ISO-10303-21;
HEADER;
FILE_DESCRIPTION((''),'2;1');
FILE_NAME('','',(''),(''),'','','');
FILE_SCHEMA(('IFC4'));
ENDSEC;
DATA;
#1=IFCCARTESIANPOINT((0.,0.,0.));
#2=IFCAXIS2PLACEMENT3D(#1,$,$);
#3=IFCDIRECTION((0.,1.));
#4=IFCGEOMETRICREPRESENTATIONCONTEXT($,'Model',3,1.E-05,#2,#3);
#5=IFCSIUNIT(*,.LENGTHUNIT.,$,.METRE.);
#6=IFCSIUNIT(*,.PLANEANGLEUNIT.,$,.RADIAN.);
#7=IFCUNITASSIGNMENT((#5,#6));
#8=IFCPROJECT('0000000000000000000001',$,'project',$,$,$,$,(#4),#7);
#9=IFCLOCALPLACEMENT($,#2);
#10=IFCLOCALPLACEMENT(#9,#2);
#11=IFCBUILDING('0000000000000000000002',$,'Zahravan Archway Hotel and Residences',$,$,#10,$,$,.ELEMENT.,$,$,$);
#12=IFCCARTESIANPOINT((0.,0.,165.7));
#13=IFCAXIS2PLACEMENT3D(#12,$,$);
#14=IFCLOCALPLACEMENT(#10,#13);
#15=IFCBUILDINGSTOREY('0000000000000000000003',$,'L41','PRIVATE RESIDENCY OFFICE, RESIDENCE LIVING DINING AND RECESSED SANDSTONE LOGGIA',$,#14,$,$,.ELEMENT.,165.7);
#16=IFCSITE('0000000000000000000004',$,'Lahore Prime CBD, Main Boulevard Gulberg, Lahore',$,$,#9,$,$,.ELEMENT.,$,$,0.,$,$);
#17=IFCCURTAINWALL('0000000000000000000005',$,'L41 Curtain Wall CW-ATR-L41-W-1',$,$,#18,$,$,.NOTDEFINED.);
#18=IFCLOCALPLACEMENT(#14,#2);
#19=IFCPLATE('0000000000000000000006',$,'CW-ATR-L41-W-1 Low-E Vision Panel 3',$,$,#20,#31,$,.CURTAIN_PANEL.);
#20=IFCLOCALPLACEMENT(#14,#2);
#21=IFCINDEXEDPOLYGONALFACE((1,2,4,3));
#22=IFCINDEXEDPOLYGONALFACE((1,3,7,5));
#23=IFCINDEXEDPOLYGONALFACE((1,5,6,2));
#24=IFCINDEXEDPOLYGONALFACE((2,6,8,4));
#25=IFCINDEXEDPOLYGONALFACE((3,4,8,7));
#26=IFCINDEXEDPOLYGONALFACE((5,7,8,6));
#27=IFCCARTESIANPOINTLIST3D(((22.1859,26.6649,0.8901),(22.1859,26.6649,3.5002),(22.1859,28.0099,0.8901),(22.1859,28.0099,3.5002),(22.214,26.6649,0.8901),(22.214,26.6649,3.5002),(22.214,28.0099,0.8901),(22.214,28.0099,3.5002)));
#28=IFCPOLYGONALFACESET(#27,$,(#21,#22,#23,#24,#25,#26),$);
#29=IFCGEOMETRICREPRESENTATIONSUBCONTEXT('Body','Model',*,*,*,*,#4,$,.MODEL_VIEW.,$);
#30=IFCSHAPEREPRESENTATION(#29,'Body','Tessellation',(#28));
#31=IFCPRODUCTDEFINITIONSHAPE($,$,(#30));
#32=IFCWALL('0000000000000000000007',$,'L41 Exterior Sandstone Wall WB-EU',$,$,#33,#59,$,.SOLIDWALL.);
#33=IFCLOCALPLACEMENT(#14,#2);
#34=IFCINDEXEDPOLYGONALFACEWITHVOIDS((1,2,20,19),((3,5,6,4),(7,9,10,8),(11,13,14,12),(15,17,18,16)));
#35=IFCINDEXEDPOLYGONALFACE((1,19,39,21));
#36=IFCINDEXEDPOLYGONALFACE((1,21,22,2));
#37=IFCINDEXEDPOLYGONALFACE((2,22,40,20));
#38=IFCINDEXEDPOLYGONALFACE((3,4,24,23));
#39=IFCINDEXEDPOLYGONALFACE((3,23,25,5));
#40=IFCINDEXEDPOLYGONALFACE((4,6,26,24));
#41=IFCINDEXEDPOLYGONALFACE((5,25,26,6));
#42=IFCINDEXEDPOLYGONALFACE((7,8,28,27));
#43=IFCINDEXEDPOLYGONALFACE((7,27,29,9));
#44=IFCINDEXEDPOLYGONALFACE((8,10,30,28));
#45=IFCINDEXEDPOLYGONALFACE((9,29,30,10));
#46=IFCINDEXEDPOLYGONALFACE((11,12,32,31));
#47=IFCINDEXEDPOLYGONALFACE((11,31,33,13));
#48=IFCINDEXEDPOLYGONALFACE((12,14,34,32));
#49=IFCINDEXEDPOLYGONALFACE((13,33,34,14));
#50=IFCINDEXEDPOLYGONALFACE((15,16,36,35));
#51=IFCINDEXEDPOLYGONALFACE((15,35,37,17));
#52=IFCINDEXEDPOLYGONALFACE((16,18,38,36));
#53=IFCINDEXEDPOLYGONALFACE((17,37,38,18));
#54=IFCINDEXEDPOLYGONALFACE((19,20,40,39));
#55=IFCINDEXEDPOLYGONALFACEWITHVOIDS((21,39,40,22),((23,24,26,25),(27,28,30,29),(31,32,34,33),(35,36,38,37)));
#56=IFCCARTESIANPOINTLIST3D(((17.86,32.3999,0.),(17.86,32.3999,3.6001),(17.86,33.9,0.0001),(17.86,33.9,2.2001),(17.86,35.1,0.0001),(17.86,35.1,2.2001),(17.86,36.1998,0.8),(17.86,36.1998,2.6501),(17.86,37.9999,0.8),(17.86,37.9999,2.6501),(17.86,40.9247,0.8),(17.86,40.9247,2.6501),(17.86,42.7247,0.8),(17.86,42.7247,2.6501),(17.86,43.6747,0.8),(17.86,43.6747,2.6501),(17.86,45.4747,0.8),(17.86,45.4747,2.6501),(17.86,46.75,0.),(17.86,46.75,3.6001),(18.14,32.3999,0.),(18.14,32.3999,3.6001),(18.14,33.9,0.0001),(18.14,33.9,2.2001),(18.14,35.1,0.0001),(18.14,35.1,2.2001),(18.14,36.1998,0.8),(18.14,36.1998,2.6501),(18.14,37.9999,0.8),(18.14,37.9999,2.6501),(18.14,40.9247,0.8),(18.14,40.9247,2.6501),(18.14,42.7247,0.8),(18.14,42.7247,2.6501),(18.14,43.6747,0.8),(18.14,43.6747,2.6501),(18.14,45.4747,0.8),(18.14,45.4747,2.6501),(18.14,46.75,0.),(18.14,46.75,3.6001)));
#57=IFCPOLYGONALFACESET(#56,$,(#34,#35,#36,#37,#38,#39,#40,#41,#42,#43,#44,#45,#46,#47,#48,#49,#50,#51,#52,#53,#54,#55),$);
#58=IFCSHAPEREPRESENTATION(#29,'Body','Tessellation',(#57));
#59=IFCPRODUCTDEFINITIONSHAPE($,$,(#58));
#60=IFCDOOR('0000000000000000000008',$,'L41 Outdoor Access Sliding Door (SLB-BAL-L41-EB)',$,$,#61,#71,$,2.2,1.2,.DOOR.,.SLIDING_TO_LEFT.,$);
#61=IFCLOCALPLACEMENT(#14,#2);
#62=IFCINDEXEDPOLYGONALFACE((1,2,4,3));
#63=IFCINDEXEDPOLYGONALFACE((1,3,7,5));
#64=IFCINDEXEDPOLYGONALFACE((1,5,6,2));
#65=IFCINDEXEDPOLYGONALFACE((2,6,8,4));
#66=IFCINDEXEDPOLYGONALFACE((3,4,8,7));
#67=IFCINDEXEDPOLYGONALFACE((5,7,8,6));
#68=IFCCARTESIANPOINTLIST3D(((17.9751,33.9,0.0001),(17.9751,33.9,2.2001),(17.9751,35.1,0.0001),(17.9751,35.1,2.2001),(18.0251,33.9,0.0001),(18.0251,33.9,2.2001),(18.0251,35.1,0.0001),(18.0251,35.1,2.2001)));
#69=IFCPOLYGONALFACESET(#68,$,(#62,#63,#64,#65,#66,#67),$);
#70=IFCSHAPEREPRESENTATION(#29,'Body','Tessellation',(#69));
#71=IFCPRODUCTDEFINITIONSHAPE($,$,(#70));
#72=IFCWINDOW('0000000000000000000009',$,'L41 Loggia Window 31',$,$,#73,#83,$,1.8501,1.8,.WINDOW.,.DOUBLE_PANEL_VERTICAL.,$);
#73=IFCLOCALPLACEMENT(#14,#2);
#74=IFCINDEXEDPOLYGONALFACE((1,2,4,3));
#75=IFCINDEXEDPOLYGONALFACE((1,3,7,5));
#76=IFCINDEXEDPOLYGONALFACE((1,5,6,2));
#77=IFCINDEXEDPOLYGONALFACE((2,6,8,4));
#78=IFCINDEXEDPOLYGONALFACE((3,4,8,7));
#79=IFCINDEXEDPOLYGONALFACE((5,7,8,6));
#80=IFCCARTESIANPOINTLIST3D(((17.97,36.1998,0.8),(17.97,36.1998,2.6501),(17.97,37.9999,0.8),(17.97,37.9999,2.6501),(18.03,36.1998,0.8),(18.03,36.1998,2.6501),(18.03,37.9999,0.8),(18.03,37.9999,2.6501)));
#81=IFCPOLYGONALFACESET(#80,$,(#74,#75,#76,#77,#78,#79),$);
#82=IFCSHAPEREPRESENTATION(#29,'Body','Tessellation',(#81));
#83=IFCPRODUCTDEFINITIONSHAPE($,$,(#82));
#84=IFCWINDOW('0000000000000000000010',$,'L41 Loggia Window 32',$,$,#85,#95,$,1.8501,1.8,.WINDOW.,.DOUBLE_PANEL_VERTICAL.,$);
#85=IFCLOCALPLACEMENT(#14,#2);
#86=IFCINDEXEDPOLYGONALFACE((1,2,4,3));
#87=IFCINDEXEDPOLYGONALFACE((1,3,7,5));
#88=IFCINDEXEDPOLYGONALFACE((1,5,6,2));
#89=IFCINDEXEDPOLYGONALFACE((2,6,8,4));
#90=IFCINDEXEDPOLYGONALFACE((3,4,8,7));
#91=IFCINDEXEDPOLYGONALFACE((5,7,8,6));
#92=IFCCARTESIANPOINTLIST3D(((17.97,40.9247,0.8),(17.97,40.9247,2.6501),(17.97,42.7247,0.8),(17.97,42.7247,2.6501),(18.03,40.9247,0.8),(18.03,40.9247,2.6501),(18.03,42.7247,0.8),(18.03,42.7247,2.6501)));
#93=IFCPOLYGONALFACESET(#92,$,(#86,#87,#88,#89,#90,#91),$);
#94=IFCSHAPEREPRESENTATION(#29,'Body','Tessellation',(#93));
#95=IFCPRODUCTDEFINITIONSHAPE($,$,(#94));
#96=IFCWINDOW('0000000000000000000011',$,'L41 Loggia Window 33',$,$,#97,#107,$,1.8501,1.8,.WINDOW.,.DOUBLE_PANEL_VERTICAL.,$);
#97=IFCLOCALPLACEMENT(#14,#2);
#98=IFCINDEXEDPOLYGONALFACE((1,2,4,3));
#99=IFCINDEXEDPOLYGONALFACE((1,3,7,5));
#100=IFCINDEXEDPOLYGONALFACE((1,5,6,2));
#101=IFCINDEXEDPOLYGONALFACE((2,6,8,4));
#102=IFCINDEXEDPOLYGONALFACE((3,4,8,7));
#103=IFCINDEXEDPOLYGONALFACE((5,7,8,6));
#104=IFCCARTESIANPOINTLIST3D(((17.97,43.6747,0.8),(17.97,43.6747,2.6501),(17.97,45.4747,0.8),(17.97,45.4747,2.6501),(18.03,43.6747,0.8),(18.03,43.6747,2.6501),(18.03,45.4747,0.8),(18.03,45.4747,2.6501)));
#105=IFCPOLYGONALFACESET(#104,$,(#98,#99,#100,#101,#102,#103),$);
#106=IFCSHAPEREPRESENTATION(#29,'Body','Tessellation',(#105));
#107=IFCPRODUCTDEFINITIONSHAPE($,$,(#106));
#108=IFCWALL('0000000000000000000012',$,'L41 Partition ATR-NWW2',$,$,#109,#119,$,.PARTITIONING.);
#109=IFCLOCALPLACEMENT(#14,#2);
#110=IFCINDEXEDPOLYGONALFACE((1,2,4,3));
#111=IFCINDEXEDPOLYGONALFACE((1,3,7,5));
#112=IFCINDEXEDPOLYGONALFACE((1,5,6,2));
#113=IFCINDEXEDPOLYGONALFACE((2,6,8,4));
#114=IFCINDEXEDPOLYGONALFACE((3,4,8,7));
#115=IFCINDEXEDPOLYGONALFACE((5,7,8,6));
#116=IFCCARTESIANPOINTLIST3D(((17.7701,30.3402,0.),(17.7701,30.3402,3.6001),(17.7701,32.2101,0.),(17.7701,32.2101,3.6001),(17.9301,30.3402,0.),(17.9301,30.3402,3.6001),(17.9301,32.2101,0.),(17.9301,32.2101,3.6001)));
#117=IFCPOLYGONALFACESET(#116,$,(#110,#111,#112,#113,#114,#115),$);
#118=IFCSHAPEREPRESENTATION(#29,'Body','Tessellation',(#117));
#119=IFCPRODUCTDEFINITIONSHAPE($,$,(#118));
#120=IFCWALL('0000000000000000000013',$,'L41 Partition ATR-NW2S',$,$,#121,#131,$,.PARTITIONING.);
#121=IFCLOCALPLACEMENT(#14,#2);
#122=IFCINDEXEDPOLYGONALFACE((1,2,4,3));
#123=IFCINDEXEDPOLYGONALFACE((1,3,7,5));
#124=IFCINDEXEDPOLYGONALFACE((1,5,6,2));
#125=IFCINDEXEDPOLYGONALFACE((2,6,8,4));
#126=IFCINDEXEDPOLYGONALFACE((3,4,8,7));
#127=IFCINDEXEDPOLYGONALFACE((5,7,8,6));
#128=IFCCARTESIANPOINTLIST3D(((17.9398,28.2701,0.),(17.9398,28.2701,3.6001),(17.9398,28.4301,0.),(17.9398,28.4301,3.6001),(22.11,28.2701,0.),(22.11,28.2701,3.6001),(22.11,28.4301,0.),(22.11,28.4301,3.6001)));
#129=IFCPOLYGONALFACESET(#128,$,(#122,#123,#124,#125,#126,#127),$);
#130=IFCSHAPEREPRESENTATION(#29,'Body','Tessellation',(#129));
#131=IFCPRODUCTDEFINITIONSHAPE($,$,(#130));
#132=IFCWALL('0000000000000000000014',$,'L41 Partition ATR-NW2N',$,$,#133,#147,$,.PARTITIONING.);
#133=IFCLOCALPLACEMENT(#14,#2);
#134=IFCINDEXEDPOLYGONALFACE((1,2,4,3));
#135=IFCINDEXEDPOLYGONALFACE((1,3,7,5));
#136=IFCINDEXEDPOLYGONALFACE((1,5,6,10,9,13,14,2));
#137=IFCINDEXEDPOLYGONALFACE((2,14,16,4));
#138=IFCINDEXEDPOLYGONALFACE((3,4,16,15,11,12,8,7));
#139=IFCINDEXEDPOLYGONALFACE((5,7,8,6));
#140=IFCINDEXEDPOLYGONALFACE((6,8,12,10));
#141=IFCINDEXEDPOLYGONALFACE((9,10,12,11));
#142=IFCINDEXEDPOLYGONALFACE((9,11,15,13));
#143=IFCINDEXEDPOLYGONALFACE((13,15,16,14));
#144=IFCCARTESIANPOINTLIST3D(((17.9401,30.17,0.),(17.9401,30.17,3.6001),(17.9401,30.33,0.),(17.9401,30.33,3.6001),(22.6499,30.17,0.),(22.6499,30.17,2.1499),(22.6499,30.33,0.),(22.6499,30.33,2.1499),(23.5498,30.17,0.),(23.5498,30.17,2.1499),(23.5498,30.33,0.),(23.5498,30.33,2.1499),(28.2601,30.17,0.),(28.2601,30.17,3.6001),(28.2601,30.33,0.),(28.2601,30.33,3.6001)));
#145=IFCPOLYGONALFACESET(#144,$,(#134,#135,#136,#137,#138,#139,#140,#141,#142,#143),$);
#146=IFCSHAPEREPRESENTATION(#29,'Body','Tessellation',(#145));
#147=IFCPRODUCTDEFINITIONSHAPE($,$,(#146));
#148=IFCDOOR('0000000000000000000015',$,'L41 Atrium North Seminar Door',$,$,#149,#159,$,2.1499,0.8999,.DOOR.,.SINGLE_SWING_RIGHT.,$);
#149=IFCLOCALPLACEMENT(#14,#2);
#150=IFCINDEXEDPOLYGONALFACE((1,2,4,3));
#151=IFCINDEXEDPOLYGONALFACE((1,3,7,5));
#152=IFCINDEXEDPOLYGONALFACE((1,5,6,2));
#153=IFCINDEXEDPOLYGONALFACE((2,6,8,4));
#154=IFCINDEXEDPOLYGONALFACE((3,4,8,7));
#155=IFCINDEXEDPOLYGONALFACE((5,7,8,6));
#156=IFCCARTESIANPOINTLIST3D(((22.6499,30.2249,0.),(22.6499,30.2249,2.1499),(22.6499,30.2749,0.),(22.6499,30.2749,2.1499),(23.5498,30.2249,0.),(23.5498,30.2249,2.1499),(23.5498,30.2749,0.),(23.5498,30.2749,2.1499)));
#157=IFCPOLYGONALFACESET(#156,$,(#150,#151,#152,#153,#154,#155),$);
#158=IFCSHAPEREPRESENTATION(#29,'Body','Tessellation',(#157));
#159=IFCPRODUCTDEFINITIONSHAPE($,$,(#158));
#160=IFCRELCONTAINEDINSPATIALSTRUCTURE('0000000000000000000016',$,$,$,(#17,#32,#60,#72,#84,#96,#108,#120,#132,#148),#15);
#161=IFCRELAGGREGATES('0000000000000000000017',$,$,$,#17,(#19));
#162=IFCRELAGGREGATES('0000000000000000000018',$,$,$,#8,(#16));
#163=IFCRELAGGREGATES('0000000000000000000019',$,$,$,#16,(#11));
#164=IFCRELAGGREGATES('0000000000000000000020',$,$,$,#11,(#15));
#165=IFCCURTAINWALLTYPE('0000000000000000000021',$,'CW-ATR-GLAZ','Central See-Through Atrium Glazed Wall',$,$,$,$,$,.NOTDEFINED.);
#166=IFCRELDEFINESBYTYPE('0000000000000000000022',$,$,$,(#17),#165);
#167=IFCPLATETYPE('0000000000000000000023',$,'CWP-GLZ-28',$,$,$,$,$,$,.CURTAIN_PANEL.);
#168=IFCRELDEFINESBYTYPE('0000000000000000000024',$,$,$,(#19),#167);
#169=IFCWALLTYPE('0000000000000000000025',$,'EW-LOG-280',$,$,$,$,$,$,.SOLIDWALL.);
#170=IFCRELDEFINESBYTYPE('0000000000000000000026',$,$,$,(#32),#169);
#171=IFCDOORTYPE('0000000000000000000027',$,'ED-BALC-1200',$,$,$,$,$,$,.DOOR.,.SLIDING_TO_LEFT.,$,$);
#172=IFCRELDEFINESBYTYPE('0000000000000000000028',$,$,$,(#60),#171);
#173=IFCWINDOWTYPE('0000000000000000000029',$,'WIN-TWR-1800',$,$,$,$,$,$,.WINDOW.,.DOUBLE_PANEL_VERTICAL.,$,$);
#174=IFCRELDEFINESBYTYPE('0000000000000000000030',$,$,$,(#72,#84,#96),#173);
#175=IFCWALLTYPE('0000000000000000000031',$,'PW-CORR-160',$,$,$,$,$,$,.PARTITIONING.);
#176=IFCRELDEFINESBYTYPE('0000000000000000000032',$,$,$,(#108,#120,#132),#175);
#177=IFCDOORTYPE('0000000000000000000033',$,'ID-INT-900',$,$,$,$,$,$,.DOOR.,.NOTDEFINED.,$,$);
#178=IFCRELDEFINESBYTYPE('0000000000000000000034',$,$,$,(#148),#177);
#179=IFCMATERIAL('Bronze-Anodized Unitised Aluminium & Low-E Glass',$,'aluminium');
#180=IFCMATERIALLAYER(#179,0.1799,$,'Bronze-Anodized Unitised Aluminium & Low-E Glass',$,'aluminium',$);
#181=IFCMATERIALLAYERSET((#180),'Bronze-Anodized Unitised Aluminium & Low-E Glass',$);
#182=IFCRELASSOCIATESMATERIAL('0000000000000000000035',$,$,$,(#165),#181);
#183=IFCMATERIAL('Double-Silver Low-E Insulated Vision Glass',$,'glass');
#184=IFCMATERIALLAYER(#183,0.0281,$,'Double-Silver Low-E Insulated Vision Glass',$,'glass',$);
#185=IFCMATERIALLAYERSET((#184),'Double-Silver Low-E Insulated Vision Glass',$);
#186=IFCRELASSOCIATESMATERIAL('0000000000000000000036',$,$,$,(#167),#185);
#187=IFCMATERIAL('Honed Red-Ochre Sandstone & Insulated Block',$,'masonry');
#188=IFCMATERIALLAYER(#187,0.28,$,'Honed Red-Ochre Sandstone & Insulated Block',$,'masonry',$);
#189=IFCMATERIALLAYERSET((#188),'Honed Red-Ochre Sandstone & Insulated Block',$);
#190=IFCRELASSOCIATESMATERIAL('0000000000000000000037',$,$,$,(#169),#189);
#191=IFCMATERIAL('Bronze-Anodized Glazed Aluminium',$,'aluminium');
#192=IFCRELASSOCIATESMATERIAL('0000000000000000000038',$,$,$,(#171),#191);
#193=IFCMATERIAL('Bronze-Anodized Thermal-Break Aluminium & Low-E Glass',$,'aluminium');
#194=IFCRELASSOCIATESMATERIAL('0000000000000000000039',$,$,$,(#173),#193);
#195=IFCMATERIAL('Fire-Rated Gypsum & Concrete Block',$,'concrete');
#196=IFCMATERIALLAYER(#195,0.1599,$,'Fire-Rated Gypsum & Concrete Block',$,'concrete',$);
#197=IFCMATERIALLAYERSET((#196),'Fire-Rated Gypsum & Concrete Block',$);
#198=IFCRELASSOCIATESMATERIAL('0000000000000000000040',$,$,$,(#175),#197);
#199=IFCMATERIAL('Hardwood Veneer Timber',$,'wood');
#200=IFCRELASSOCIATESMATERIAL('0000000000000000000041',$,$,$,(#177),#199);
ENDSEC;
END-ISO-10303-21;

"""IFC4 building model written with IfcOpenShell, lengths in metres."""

from ifc_helpers import new_model, si_unit, direction, frame, frame_2d, origin, origin_2d, place, context, subcontext, project, spatial, rectangle, extrude, source, transform, mapped, material, layer, layer_set, type_object, type_shapes, element, fill, aggregate, save


model = new_model("IFC4")

# Units and contexts
model_context = context("Model", 3, precision=1e-05, world=origin(), true_north=direction((0.0, 1.0)))
body_context = subcontext(model_context, "Body", "Model", "MODEL_VIEW")
ifc_project = project(units=[si_unit("LENGTHUNIT", "METRE"), si_unit("PLANEANGLEUNIT", "RADIAN")], contexts=[model_context])

# Site, building, storey
site_placement = place(None, origin())
site = spatial("IfcSite", under=ifc_project, at=site_placement, Name="Lahore Prime CBD, Main Boulevard Gulberg, Lahore", CompositionType="ELEMENT", RefElevation=0.0)
building_placement = place(site_placement, origin())
building = spatial("IfcBuilding", under=site, at=building_placement, Name="Zahravan Archway Hotel and Residences", CompositionType="ELEMENT")
storey_placement = place(building_placement, frame((0.0, 0.0, 165.7)))
storey = spatial("IfcBuildingStorey", under=building, at=storey_placement, Name="L41", Description="PRIVATE RESIDENCY OFFICE, RESIDENCE LIVING DINING AND RECESSED SANDSTONE LOGGIA", CompositionType="ELEMENT", Elevation=165.7)

# Curtain wall
ifc_material_1 = material(Name="Bronze-Anodized Unitised Aluminium & Low-E Glass", Category="aluminium")
ifc_layer_1 = layer(ifc_material_1, 0.1799, Name="Bronze-Anodized Unitised Aluminium & Low-E Glass", Category="aluminium")
ifc_layer_set_1 = layer_set([ifc_layer_1], Name="Bronze-Anodized Unitised Aluminium & Low-E Glass")
curtain_wall_type = type_object("IfcCurtainWallType", Name="CW-ATR-GLAZ", Description="Central See-Through Atrium Glazed Wall", PredefinedType="NOTDEFINED", material=ifc_layer_set_1)
curtain_wall_1_placement = place(storey_placement, origin())
curtain_wall_1 = element("IfcCurtainWall", 1, at=curtain_wall_1_placement, inside=storey, type_object=curtain_wall_type, Name="L41 Curtain Wall CW-ATR-L41-W-1", PredefinedType="NOTDEFINED")

# Plate
ifc_material_2 = material(Name="Double-Silver Low-E Insulated Vision Glass", Category="glass")
ifc_layer_2 = layer(ifc_material_2, 0.0281, Name="Double-Silver Low-E Insulated Vision Glass", Category="glass")
ifc_layer_set_2 = layer_set([ifc_layer_2], Name="Double-Silver Low-E Insulated Vision Glass")
plate_type_1 = type_object("IfcPlateType", Name="CWP-GLZ-28", PredefinedType="CURTAIN_PANEL", material=ifc_layer_set_2)
shared_shape_1 = source(origin(), body_context, "Body", "SweptSolid", [
    extrude(rectangle(XDim=1.345, YDim=0.0281, at=origin_2d()), origin(), (0.0, 0.0, 1.0), 2.6101),
])
plate_1_placement = place(storey_placement, frame((22.2, 27.3374, 0.8901), z_axis=(0.0, 0.0, 1.0), x_axis=(0.0, 1.0, 0.0)))
plate_1 = element("IfcPlate", 2, at=plate_1_placement, type_object=plate_type_1, Name="CW-ATR-L41-W-1 Low-E Vision Panel 3", PredefinedType="CURTAIN_PANEL", context=body_context, shape_type="MappedRepresentation", body=[
    mapped(shared_shape_1, transform((0.0, 0.0, 0.0), scale=1.0)),
])
aggregate(curtain_wall_1, [plate_1])

# Wall, openings, door, windows
ifc_material_3 = material(Name="Honed Red-Ochre Sandstone & Insulated Block", Category="masonry")
ifc_layer_3 = layer(ifc_material_3, 0.28, Name="Honed Red-Ochre Sandstone & Insulated Block", Category="masonry")
ifc_layer_set_3 = layer_set([ifc_layer_3], Name="Honed Red-Ochre Sandstone & Insulated Block")
wall_type_1 = type_object("IfcWallType", Name="EW-LOG-280", PredefinedType="SOLIDWALL", material=ifc_layer_set_3)
wall_1_placement = place(storey_placement, frame((18.0, 32.3999, 0.0), z_axis=(0.0, 0.0, 1.0), x_axis=(0.0, 1.0, 0.0)))
wall_1 = element("IfcWall", 3, at=wall_1_placement, inside=storey, type_object=wall_type_1, Name="L41 Exterior Sandstone Wall WB-EU", PredefinedType="SOLIDWALL", context=body_context, shape_type="SweptSolid", body=[
    extrude(rectangle(XDim=14.3501, YDim=0.28, at=frame_2d((7.175, 0.0))), origin(), (0.0, 0.0, 1.0), 3.6001),
])
opening_1_placement = place(wall_1_placement, frame((1.5, 0.0, 0.0)))
opening_1 = element("IfcOpeningElement", 4, at=opening_1_placement, cuts=wall_1, PredefinedType="OPENING", context=body_context, shape_type="SweptSolid", body=[
    extrude(rectangle(XDim=1.2, YDim=2.2, at=frame_2d((0.6001, 1.1001))), frame((0.0, 0.1499, 0.0), z_axis=(0.0, -1.0, 0.0), x_axis=(1.0, 0.0, 0.0)), (0.0, 0.0, 1.0), 0.3),
])
opening_2_placement = place(wall_1_placement, frame((3.8, 0.0, 0.8)))
opening_2 = element("IfcOpeningElement", 5, at=opening_2_placement, cuts=wall_1, PredefinedType="OPENING", context=body_context, shape_type="SweptSolid", body=[
    extrude(rectangle(XDim=1.8, YDim=1.8501, at=frame_2d((0.8999, 0.925))), frame((0.0, 0.1499, 0.0), z_axis=(0.0, -1.0, 0.0), x_axis=(1.0, 0.0, 0.0)), (0.0, 0.0, 1.0), 0.3),
])
opening_3_placement = place(wall_1_placement, frame((8.5249, 0.0, 0.8)))
opening_3 = element("IfcOpeningElement", 6, at=opening_3_placement, cuts=wall_1, PredefinedType="OPENING", context=body_context, shape_type="SweptSolid", body=[
    extrude(rectangle(XDim=1.8, YDim=1.8501, at=frame_2d((0.8999, 0.925))), frame((0.0, 0.1499, 0.0), z_axis=(0.0, -1.0, 0.0), x_axis=(1.0, 0.0, 0.0)), (0.0, 0.0, 1.0), 0.3),
])
opening_4_placement = place(wall_1_placement, frame((11.2749, 0.0, 0.8)))
opening_4 = element("IfcOpeningElement", 7, at=opening_4_placement, cuts=wall_1, PredefinedType="OPENING", context=body_context, shape_type="SweptSolid", body=[
    extrude(rectangle(XDim=1.8, YDim=1.8501, at=frame_2d((0.8999, 0.925))), frame((0.0, 0.1499, 0.0), z_axis=(0.0, -1.0, 0.0), x_axis=(1.0, 0.0, 0.0)), (0.0, 0.0, 1.0), 0.3),
])
ifc_material_4 = material(Name="Bronze-Anodized Glazed Aluminium", Category="aluminium")
door_type_1 = type_object("IfcDoorType", Name="ED-BALC-1200", OperationType="SLIDING_TO_LEFT", PredefinedType="DOOR", material=ifc_material_4)
shared_shape_2 = source(origin(), body_context, "Body", "SweptSolid", [
    extrude(rectangle(XDim=1.2, YDim=2.2, at=frame_2d((0.6001, 1.1001))), frame((0.0, 0.0249, 0.0), z_axis=(0.0, -1.0, 0.0), x_axis=(1.0, 0.0, 0.0)), (0.0, 0.0, 1.0), 0.05),
])
type_shapes(door_type_1, [shared_shape_2])
door_1_placement = place(opening_1_placement, origin())
door_1 = element("IfcDoor", 8, at=door_1_placement, inside=storey, type_object=door_type_1, Name="L41 Outdoor Access Sliding Door (SLB-BAL-L41-EB)", OperationType="SLIDING_TO_LEFT", OverallHeight=2.2, OverallWidth=1.2, PredefinedType="DOOR", context=body_context, shape_type="MappedRepresentation", body=[
    mapped(shared_shape_2, transform((0.0, 0.0, 0.0), scale=1.0)),
])
fill(opening_1, door_1)
ifc_material_5 = material(Name="Bronze-Anodized Thermal-Break Aluminium & Low-E Glass", Category="aluminium")
window_type = type_object("IfcWindowType", Name="WIN-TWR-1800", PartitioningType="DOUBLE_PANEL_VERTICAL", PredefinedType="WINDOW", material=ifc_material_5)
shared_shape_3 = source(origin(), body_context, "Body", "SweptSolid", [
    extrude(rectangle(XDim=1.8, YDim=1.8501, at=frame_2d((0.8999, 0.925))), frame((0.0, 0.03, 0.0), z_axis=(0.0, -1.0, 0.0), x_axis=(1.0, 0.0, 0.0)), (0.0, 0.0, 1.0), 0.0601),
])
type_shapes(window_type, [shared_shape_3])
window_1_placement = place(opening_2_placement, origin())
window_1 = element("IfcWindow", 9, at=window_1_placement, inside=storey, type_object=window_type, Name="L41 Loggia Window 31", OverallHeight=1.8501, OverallWidth=1.8, PartitioningType="DOUBLE_PANEL_VERTICAL", PredefinedType="WINDOW", context=body_context, shape_type="MappedRepresentation", body=[
    mapped(shared_shape_3, transform((0.0, 0.0, 0.0), scale=1.0)),
])
fill(opening_2, window_1)
window_2_placement = place(opening_3_placement, origin())
window_2 = element("IfcWindow", 10, at=window_2_placement, inside=storey, type_object=window_type, Name="L41 Loggia Window 32", OverallHeight=1.8501, OverallWidth=1.8, PartitioningType="DOUBLE_PANEL_VERTICAL", PredefinedType="WINDOW", context=body_context, shape_type="MappedRepresentation", body=[
    mapped(shared_shape_3, transform((0.0, 0.0, 0.0), scale=1.0)),
])
fill(opening_3, window_2)
window_3_placement = place(opening_4_placement, origin())
window_3 = element("IfcWindow", 11, at=window_3_placement, inside=storey, type_object=window_type, Name="L41 Loggia Window 33", OverallHeight=1.8501, OverallWidth=1.8, PartitioningType="DOUBLE_PANEL_VERTICAL", PredefinedType="WINDOW", context=body_context, shape_type="MappedRepresentation", body=[
    mapped(shared_shape_3, transform((0.0, 0.0, 0.0), scale=1.0)),
])
fill(opening_4, window_3)

# Walls
ifc_material_6 = material(Name="Fire-Rated Gypsum & Concrete Block", Category="concrete")
ifc_layer_4 = layer(ifc_material_6, 0.1599, Name="Fire-Rated Gypsum & Concrete Block", Category="concrete")
ifc_layer_set_4 = layer_set([ifc_layer_4], Name="Fire-Rated Gypsum & Concrete Block")
wall_type_2 = type_object("IfcWallType", Name="PW-CORR-160", PredefinedType="PARTITIONING", material=ifc_layer_set_4)
wall_2_placement = place(storey_placement, frame((17.8501, 30.3401, 0.0), z_axis=(0.0, 0.0, 1.0), x_axis=(0.0, 1.0, 0.0)))
element("IfcWall", 12, at=wall_2_placement, inside=storey, type_object=wall_type_2, Name="L41 Partition ATR-NWW2", PredefinedType="PARTITIONING", context=body_context, shape_type="SweptSolid", body=[
    extrude(rectangle(XDim=1.8699, YDim=0.1599, at=frame_2d((0.9351, 0.0))), origin(), (0.0, 0.0, 1.0), 3.6001),
])
wall_3_placement = place(storey_placement, frame((17.9399, 28.3501, 0.0), z_axis=(0.0, 0.0, 1.0), x_axis=(1.0, 0.0, 0.0)))
element("IfcWall", 13, at=wall_3_placement, inside=storey, type_object=wall_type_2, Name="L41 Partition ATR-NW2S", PredefinedType="PARTITIONING", context=body_context, shape_type="SweptSolid", body=[
    extrude(rectangle(XDim=4.1702, YDim=0.1599, at=frame_2d((2.085, 0.0))), origin(), (0.0, 0.0, 1.0), 3.6001),
])

# Wall, opening, door
wall_4_placement = place(storey_placement, frame((17.9399, 30.25, 0.0), z_axis=(0.0, 0.0, 1.0), x_axis=(1.0, 0.0, 0.0)))
wall_4 = element("IfcWall", 14, at=wall_4_placement, inside=storey, type_object=wall_type_2, Name="L41 Partition ATR-NW2N", PredefinedType="PARTITIONING", context=body_context, shape_type="SweptSolid", body=[
    extrude(rectangle(XDim=10.3201, YDim=0.1599, at=frame_2d((5.1602, 0.0))), origin(), (0.0, 0.0, 1.0), 3.6001),
])
opening_5_placement = place(wall_4_placement, frame((4.71, 0.0, 0.0)))
opening_5 = element("IfcOpeningElement", 15, at=opening_5_placement, cuts=wall_4, PredefinedType="OPENING", context=body_context, shape_type="SweptSolid", body=[
    extrude(rectangle(XDim=0.8999, YDim=2.1499, at=frame_2d((0.45, 1.075))), frame((0.0, 0.0898, 0.0), z_axis=(0.0, -1.0, 0.0), x_axis=(1.0, 0.0, 0.0)), (0.0, 0.0, 1.0), 0.1799),
])
ifc_material_7 = material(Name="Hardwood Veneer Timber", Category="wood")
door_type_2 = type_object("IfcDoorType", Name="ID-INT-900", OperationType="NOTDEFINED", PredefinedType="DOOR", material=ifc_material_7)
shared_shape_4 = source(origin(), body_context, "Body", "SweptSolid", [
    extrude(rectangle(XDim=0.8999, YDim=2.1499, at=frame_2d((0.45, 1.075))), frame((0.0, 0.0249, 0.0), z_axis=(0.0, -1.0, 0.0), x_axis=(1.0, 0.0, 0.0)), (0.0, 0.0, 1.0), 0.05),
])
type_shapes(door_type_2, [shared_shape_4])
door_2_placement = place(opening_5_placement, origin())
door_2 = element("IfcDoor", 16, at=door_2_placement, inside=storey, type_object=door_type_2, Name="L41 Atrium North Seminar Door", OperationType="SINGLE_SWING_RIGHT", OverallHeight=2.1499, OverallWidth=0.8999, PredefinedType="DOOR", context=body_context, shape_type="MappedRepresentation", body=[
    mapped(shared_shape_4, transform((0.0, 0.0, 0.0), scale=1.0)),
])
fill(opening_5, door_2)

save(model, "model.ifc")
